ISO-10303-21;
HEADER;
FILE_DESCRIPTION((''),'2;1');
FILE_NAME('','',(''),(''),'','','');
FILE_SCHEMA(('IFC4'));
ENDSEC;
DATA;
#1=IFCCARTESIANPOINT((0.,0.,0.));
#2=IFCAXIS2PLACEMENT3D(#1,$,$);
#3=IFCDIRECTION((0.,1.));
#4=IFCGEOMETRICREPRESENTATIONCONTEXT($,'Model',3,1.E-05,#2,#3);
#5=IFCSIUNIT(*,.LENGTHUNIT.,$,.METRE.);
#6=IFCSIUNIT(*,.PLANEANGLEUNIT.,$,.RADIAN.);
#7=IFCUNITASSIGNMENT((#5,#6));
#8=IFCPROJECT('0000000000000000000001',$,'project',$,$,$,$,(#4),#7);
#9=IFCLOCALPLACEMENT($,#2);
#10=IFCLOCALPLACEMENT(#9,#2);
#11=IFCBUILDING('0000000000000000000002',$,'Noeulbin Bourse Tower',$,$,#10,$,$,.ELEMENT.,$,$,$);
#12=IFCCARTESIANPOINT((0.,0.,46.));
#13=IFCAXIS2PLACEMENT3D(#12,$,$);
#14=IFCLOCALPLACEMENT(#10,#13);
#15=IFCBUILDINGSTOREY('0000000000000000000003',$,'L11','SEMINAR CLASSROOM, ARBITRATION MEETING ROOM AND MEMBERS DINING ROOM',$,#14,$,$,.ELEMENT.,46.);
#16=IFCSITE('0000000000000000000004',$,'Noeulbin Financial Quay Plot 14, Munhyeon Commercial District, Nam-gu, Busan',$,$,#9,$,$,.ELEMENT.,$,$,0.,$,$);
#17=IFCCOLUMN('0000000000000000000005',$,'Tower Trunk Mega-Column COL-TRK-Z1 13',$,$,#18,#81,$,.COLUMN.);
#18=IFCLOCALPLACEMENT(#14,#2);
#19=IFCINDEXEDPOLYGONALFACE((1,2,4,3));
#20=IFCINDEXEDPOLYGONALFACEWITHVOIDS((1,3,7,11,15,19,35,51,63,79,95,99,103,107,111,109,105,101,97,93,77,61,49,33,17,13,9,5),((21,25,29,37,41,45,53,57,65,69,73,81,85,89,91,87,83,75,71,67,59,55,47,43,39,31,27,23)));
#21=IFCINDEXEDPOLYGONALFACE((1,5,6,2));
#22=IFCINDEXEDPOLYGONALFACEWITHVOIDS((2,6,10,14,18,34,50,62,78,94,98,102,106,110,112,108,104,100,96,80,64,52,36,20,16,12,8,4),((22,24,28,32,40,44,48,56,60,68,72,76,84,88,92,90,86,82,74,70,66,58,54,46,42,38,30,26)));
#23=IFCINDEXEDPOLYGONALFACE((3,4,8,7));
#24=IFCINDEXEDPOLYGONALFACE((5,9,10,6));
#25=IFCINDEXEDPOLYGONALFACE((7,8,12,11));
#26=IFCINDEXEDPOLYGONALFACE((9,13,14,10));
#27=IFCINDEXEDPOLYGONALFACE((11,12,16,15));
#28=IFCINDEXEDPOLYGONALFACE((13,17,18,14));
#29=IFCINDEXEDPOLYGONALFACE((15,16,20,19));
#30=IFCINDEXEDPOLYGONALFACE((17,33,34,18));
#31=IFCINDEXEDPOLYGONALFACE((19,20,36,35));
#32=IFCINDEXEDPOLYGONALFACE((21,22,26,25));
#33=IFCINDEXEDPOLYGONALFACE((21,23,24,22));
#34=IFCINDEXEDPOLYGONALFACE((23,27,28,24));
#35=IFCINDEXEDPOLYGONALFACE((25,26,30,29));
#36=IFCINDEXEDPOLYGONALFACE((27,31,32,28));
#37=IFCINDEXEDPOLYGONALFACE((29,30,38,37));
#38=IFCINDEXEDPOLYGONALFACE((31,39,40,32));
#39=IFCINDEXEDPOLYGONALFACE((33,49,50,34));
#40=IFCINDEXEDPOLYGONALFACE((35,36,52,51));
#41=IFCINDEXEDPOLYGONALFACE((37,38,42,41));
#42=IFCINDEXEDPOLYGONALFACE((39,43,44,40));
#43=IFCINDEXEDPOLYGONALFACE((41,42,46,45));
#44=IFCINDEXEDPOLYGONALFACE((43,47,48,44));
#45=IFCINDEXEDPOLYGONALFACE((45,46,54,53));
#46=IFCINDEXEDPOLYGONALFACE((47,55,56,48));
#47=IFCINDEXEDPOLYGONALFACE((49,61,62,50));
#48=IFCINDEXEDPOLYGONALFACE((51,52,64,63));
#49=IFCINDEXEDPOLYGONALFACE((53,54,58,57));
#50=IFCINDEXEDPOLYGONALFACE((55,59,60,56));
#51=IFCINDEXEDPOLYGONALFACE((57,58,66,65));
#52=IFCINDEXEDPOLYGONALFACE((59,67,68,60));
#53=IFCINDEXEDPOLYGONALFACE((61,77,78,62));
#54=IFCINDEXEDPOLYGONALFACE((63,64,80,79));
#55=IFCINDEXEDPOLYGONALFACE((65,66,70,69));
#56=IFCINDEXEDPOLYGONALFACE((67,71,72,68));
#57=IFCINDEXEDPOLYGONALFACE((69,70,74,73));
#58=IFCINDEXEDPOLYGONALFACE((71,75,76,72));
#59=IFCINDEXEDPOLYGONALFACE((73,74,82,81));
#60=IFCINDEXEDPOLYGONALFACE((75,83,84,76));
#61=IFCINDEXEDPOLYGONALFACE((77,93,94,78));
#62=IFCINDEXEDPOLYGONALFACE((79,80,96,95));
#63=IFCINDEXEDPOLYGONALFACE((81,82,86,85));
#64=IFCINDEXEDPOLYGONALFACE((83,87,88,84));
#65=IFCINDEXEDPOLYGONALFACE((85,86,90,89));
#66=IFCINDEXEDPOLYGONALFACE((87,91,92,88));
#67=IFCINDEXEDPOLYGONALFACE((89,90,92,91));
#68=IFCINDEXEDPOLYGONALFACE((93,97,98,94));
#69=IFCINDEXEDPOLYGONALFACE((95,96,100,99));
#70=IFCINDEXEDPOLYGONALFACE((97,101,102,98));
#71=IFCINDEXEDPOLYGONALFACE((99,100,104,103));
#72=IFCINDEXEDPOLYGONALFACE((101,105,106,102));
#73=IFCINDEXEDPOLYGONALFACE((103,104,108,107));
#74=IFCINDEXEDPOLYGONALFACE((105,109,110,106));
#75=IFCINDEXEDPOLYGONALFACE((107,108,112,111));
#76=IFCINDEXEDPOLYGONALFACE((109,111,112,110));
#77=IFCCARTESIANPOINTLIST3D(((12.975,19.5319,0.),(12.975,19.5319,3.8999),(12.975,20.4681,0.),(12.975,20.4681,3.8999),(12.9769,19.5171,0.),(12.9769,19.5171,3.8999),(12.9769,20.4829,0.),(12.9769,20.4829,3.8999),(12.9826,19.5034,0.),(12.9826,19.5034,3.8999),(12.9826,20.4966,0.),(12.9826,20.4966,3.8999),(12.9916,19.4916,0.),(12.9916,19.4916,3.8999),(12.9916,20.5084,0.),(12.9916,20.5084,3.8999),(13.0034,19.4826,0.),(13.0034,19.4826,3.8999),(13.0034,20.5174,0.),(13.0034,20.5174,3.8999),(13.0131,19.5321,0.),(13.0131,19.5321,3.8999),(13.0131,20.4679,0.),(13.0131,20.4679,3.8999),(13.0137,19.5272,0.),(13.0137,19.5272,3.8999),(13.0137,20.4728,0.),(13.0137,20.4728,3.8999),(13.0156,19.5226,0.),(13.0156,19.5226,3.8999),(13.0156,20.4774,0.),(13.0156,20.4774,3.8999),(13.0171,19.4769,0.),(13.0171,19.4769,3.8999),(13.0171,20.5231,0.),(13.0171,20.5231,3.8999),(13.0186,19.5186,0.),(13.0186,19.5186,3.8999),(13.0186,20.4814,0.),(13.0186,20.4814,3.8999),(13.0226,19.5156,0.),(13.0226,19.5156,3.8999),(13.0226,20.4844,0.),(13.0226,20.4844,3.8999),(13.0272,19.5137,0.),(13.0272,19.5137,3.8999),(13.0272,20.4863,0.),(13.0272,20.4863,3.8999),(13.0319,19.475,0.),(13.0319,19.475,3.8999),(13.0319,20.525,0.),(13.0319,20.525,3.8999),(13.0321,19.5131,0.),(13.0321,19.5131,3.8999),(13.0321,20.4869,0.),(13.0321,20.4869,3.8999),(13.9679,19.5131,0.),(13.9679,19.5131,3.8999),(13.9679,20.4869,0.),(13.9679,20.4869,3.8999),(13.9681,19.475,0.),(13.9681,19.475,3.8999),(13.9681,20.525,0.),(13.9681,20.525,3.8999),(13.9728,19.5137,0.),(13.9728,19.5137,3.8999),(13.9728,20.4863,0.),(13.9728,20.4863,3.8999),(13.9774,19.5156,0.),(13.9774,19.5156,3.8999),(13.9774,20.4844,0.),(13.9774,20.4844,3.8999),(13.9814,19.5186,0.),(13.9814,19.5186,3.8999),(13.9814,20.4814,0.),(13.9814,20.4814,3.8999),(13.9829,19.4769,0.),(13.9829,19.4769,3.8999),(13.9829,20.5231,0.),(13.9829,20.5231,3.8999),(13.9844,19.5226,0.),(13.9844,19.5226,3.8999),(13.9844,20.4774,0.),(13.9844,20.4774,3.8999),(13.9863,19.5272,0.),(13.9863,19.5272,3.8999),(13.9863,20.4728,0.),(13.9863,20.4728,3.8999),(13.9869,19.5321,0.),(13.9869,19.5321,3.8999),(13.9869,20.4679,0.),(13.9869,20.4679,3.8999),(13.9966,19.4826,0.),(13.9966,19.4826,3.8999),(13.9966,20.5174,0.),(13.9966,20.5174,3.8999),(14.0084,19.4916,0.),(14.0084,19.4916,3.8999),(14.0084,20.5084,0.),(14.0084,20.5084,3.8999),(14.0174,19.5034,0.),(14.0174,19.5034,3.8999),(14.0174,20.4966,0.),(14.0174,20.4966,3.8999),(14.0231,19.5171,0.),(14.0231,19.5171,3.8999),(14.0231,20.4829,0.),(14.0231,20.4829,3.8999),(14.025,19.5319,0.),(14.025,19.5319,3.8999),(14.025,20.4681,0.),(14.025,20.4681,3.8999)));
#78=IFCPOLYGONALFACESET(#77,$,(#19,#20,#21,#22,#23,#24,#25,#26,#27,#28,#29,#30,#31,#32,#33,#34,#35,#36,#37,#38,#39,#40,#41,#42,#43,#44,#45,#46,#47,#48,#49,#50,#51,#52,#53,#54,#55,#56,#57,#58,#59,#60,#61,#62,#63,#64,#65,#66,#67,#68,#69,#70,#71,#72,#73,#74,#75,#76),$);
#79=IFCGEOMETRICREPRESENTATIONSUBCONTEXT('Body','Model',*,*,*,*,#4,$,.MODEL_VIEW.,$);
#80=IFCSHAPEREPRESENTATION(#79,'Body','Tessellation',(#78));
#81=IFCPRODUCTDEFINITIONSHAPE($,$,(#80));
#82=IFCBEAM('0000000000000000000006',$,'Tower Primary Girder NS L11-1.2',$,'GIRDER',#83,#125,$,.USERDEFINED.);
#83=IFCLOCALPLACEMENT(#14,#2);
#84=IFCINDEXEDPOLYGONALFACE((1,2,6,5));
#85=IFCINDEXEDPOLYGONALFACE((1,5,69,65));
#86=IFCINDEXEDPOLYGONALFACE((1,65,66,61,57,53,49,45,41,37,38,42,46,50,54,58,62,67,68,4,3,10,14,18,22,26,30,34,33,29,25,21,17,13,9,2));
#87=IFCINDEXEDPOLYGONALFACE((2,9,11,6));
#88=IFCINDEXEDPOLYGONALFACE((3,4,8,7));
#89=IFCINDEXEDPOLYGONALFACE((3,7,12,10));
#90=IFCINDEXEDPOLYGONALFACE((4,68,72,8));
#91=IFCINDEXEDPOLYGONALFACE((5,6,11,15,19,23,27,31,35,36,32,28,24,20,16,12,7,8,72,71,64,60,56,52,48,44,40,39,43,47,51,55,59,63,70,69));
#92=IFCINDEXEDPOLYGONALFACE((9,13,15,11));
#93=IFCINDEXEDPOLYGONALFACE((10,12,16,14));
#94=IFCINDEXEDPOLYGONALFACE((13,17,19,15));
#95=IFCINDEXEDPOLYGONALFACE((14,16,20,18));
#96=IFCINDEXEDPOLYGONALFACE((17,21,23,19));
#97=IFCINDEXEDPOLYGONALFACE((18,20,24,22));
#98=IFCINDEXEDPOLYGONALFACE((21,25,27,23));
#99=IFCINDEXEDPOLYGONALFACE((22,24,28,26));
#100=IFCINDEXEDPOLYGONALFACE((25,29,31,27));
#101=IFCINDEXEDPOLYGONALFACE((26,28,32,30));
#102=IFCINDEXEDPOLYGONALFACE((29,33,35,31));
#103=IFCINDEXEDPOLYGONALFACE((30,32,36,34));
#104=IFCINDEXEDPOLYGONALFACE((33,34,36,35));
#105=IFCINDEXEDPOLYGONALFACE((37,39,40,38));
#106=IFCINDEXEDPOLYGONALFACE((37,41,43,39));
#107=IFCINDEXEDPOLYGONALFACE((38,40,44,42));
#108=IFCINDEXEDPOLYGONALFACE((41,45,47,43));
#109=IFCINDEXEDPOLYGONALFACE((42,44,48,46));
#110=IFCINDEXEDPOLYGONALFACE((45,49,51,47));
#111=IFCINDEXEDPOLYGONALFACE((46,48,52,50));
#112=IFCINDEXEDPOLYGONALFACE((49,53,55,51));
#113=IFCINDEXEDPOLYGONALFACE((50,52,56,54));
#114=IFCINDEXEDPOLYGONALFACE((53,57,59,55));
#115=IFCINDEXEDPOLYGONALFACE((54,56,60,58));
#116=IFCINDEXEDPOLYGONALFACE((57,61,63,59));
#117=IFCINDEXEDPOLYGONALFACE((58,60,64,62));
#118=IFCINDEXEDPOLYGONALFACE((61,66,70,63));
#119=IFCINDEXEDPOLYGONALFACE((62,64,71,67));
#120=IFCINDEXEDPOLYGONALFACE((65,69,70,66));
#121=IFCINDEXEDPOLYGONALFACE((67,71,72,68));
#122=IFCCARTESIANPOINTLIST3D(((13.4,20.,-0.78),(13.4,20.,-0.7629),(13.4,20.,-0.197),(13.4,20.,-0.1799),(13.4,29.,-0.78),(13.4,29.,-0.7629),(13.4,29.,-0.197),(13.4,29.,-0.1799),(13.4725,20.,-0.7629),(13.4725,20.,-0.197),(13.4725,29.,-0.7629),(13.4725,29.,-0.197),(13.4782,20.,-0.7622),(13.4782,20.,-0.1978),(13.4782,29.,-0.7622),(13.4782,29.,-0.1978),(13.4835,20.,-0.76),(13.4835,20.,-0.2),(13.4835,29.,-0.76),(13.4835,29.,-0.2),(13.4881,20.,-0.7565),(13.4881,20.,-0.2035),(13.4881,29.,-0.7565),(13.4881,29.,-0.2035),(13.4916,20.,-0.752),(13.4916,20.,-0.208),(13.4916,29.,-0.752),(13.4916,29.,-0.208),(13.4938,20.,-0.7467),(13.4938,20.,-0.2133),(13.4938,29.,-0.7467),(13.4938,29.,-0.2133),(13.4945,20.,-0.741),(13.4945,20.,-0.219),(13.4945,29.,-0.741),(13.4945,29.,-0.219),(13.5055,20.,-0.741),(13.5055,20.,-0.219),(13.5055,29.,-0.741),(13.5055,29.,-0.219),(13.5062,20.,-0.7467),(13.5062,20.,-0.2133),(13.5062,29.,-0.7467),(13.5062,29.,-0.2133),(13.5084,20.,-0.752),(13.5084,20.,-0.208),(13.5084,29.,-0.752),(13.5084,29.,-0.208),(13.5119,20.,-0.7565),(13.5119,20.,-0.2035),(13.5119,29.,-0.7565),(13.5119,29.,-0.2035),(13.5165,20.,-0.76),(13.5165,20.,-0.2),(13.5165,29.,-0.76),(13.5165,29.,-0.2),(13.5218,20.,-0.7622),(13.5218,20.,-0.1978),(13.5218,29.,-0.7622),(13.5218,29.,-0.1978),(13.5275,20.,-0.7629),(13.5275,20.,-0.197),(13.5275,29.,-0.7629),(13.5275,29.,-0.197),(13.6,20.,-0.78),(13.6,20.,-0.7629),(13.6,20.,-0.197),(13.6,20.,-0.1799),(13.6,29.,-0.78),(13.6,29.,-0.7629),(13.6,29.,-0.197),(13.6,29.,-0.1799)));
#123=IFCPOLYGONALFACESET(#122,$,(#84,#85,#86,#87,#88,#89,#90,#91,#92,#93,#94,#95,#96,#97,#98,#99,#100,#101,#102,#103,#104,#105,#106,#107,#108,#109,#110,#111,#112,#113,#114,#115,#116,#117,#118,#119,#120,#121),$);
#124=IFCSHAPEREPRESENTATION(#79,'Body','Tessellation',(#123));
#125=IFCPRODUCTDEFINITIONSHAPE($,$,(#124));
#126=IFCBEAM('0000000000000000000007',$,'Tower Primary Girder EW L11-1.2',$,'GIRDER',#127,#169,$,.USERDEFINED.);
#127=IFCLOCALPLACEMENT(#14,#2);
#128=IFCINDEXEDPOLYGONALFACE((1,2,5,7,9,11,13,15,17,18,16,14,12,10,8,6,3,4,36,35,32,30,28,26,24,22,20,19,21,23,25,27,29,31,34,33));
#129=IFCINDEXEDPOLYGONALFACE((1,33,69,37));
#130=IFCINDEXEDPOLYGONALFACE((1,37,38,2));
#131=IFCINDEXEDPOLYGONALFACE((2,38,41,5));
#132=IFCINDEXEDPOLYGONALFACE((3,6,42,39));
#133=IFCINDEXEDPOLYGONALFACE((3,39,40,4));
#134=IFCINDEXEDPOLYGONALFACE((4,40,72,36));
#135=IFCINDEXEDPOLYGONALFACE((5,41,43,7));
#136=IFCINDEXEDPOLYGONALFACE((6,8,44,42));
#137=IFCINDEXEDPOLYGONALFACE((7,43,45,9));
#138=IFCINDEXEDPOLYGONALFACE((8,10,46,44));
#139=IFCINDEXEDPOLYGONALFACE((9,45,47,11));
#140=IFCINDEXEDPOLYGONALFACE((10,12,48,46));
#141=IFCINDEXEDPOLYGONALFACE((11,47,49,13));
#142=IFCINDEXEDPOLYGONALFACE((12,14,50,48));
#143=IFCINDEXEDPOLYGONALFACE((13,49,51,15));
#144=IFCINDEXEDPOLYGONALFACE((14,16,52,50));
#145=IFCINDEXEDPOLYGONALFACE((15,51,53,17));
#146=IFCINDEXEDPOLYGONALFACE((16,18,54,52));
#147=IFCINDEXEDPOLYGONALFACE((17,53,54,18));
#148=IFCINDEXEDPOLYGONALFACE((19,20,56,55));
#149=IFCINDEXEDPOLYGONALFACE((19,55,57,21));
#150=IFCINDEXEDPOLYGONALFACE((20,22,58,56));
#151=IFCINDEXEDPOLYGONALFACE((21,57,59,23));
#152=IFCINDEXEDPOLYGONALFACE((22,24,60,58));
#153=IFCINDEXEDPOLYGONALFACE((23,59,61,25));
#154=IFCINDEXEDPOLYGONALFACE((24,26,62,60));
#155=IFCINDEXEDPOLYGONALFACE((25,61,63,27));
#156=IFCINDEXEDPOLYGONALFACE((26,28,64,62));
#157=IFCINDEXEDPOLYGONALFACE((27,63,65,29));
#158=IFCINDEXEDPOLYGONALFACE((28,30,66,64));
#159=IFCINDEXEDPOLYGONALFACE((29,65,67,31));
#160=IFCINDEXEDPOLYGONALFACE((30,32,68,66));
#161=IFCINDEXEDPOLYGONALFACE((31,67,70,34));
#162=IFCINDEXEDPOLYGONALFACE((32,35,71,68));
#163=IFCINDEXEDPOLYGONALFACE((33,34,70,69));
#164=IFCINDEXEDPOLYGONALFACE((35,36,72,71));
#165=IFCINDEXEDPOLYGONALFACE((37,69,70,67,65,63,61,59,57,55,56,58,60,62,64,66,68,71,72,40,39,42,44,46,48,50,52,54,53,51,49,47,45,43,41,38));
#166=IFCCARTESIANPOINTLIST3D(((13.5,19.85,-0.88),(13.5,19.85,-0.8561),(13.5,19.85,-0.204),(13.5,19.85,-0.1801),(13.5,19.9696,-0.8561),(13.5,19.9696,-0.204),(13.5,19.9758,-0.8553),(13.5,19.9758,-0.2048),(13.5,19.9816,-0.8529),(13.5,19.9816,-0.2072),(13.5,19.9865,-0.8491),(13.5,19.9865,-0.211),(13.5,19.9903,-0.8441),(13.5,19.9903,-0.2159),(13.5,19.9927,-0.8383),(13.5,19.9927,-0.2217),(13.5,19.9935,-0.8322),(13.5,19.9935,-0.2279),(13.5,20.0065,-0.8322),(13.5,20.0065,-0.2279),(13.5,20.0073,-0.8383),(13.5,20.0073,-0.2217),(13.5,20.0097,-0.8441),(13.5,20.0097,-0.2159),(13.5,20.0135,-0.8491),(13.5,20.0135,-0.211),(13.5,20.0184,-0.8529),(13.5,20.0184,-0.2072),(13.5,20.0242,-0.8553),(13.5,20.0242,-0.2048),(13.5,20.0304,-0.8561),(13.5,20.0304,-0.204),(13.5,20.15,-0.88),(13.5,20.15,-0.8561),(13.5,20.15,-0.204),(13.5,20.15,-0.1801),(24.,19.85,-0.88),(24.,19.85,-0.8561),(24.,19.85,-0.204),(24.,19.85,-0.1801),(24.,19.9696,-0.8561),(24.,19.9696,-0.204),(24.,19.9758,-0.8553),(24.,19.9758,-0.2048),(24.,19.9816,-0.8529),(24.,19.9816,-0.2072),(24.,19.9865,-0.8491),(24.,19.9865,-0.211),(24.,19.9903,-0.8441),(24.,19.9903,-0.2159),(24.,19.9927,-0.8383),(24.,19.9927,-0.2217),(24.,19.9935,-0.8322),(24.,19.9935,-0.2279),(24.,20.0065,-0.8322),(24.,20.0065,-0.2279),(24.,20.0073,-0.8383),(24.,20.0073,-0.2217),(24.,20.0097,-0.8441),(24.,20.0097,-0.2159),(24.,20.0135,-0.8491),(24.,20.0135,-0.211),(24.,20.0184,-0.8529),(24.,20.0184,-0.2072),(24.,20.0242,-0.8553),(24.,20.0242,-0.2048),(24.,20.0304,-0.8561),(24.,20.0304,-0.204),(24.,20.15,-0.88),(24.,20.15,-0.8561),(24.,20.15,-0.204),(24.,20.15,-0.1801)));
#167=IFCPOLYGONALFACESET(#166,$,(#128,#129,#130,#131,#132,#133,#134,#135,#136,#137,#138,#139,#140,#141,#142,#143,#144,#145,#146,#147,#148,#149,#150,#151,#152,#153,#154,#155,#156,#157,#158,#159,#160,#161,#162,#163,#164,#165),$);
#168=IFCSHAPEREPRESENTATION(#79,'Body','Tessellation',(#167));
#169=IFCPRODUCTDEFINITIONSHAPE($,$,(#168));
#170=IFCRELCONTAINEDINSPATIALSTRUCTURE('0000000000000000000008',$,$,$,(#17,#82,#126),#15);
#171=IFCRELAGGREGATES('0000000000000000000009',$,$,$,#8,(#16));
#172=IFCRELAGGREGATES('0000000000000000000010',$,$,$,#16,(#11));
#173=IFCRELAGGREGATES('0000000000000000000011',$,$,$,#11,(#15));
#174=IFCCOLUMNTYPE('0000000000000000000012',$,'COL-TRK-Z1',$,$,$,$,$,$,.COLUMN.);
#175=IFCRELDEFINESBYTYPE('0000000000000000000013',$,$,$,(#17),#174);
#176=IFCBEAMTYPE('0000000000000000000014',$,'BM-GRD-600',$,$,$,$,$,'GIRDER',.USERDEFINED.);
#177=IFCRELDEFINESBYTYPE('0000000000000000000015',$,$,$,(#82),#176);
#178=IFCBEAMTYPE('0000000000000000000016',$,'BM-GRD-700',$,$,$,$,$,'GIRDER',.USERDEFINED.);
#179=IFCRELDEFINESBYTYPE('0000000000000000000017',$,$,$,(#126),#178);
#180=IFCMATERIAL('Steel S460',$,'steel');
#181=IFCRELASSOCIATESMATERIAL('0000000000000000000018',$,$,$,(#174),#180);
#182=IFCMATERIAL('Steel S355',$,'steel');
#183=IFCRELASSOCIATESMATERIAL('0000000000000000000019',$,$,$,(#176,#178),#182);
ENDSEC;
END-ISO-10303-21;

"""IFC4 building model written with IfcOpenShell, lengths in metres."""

from ifc_helpers import new_model, si_unit, direction, frame, origin, origin_2d, place, context, subcontext, project, spatial, hollow_rectangle, i_section, extrude, material, material_profile, profile_set, type_object, element, save


model = new_model("IFC4")

# Units and contexts
model_context = context("Model", 3, precision=1e-05, world=origin(), true_north=direction((0.0, 1.0)))
body_context = subcontext(model_context, "Body", "Model", "MODEL_VIEW")
ifc_project = project(units=[si_unit("LENGTHUNIT", "METRE"), si_unit("PLANEANGLEUNIT", "RADIAN")], contexts=[model_context])

# Site, building, storey
site_placement = place(None, origin())
site = spatial("IfcSite", under=ifc_project, at=site_placement, Name="Noeulbin Financial Quay Plot 14, Munhyeon Commercial District, Nam-gu, Busan", CompositionType="ELEMENT", RefElevation=0.0)
building_placement = place(site_placement, origin())
building = spatial("IfcBuilding", under=site, at=building_placement, Name="Noeulbin Bourse Tower", CompositionType="ELEMENT")
storey_placement = place(building_placement, frame((0.0, 0.0, 46.0)))
storey = spatial("IfcBuildingStorey", under=building, at=storey_placement, Name="L11", Description="SEMINAR CLASSROOM, ARBITRATION MEETING ROOM AND MEMBERS DINING ROOM", CompositionType="ELEMENT", Elevation=46.0)

# Column
ifc_material_1 = material(Name="Steel S460", Category="steel")
ifc_material_profile_1 = material_profile(ifc_material_1, hollow_rectangle(XDim=1.05, YDim=1.05, WallThickness=0.0381, InnerFilletRadius=0.019, OuterFilletRadius=0.0569, at=origin_2d()), Name="BOX-1050x1050x38", Category="LoadBearing")
ifc_profile_set_1 = profile_set([ifc_material_profile_1], Name="Steel S460")
column_type = type_object("IfcColumnType", Name="COL-TRK-Z1", PredefinedType="COLUMN", material=ifc_profile_set_1)
column_placement = place(storey_placement, frame((13.5, 20.0, 0.0), z_axis=(0.0, 0.0, 1.0), x_axis=(1.0, 0.0, 0.0)))
element("IfcColumn", 1, at=column_placement, inside=storey, type_object=column_type, Name="Tower Trunk Mega-Column COL-TRK-Z1 13", PredefinedType="COLUMN", context=body_context, shape_type="SweptSolid", body=[
    extrude(hollow_rectangle(XDim=1.05, YDim=1.05, WallThickness=0.0381, InnerFilletRadius=0.019, OuterFilletRadius=0.0569, at=origin_2d()), origin(), (0.0, 0.0, 1.0), 3.8999),
])

# Beams
ifc_material_2 = material(Name="Steel S355", Category="steel")
ifc_material_profile_2 = material_profile(ifc_material_2, i_section(OverallWidth=0.2, OverallDepth=0.6001, WebThickness=0.011, FlangeThickness=0.0171, FilletRadius=0.022, at=origin_2d()), Name="H-600x200x11x17", Category="LoadBearing")
ifc_profile_set_2 = profile_set([ifc_material_profile_2], Name="Steel S355")
beam_type_1 = type_object("IfcBeamType", Name="BM-GRD-600", ElementType="GIRDER", PredefinedType="USERDEFINED", material=ifc_profile_set_2)
beam_1_placement = place(storey_placement, frame((13.5, 20.0, -0.48), z_axis=(0.0, 1.0, 0.0), x_axis=(-1.0, 0.0, 0.0)))
element("IfcBeam", 2, at=beam_1_placement, inside=storey, type_object=beam_type_1, Name="Tower Primary Girder NS L11-1.2", ObjectType="GIRDER", PredefinedType="USERDEFINED", context=body_context, shape_type="SweptSolid", body=[
    extrude(i_section(OverallWidth=0.2, OverallDepth=0.6001, WebThickness=0.011, FlangeThickness=0.0171, FilletRadius=0.022, at=origin_2d()), origin(), (0.0, 0.0, 1.0), 9.0),
])
ifc_material_profile_3 = material_profile(ifc_material_2, i_section(OverallWidth=0.3, OverallDepth=0.7, WebThickness=0.0129, FlangeThickness=0.0239, FilletRadius=0.0239, at=origin_2d()), Name="H-700x300x13x24", Category="LoadBearing")
ifc_profile_set_3 = profile_set([ifc_material_profile_3], Name="Steel S355")
beam_type_2 = type_object("IfcBeamType", Name="BM-GRD-700", ElementType="GIRDER", PredefinedType="USERDEFINED", material=ifc_profile_set_3)
beam_2_placement = place(storey_placement, frame((13.5, 20.0, -0.53), z_axis=(1.0, 0.0, 0.0), x_axis=(0.0, 1.0, 0.0)))
element("IfcBeam", 3, at=beam_2_placement, inside=storey, type_object=beam_type_2, Name="Tower Primary Girder EW L11-1.2", ObjectType="GIRDER", PredefinedType="USERDEFINED", context=body_context, shape_type="SweptSolid", body=[
    extrude(i_section(OverallWidth=0.3, OverallDepth=0.7, WebThickness=0.0129, FlangeThickness=0.0239, FilletRadius=0.0239, at=origin_2d()), origin(), (0.0, 0.0, 1.0), 10.5),
])

save(model, "model.ifc")
